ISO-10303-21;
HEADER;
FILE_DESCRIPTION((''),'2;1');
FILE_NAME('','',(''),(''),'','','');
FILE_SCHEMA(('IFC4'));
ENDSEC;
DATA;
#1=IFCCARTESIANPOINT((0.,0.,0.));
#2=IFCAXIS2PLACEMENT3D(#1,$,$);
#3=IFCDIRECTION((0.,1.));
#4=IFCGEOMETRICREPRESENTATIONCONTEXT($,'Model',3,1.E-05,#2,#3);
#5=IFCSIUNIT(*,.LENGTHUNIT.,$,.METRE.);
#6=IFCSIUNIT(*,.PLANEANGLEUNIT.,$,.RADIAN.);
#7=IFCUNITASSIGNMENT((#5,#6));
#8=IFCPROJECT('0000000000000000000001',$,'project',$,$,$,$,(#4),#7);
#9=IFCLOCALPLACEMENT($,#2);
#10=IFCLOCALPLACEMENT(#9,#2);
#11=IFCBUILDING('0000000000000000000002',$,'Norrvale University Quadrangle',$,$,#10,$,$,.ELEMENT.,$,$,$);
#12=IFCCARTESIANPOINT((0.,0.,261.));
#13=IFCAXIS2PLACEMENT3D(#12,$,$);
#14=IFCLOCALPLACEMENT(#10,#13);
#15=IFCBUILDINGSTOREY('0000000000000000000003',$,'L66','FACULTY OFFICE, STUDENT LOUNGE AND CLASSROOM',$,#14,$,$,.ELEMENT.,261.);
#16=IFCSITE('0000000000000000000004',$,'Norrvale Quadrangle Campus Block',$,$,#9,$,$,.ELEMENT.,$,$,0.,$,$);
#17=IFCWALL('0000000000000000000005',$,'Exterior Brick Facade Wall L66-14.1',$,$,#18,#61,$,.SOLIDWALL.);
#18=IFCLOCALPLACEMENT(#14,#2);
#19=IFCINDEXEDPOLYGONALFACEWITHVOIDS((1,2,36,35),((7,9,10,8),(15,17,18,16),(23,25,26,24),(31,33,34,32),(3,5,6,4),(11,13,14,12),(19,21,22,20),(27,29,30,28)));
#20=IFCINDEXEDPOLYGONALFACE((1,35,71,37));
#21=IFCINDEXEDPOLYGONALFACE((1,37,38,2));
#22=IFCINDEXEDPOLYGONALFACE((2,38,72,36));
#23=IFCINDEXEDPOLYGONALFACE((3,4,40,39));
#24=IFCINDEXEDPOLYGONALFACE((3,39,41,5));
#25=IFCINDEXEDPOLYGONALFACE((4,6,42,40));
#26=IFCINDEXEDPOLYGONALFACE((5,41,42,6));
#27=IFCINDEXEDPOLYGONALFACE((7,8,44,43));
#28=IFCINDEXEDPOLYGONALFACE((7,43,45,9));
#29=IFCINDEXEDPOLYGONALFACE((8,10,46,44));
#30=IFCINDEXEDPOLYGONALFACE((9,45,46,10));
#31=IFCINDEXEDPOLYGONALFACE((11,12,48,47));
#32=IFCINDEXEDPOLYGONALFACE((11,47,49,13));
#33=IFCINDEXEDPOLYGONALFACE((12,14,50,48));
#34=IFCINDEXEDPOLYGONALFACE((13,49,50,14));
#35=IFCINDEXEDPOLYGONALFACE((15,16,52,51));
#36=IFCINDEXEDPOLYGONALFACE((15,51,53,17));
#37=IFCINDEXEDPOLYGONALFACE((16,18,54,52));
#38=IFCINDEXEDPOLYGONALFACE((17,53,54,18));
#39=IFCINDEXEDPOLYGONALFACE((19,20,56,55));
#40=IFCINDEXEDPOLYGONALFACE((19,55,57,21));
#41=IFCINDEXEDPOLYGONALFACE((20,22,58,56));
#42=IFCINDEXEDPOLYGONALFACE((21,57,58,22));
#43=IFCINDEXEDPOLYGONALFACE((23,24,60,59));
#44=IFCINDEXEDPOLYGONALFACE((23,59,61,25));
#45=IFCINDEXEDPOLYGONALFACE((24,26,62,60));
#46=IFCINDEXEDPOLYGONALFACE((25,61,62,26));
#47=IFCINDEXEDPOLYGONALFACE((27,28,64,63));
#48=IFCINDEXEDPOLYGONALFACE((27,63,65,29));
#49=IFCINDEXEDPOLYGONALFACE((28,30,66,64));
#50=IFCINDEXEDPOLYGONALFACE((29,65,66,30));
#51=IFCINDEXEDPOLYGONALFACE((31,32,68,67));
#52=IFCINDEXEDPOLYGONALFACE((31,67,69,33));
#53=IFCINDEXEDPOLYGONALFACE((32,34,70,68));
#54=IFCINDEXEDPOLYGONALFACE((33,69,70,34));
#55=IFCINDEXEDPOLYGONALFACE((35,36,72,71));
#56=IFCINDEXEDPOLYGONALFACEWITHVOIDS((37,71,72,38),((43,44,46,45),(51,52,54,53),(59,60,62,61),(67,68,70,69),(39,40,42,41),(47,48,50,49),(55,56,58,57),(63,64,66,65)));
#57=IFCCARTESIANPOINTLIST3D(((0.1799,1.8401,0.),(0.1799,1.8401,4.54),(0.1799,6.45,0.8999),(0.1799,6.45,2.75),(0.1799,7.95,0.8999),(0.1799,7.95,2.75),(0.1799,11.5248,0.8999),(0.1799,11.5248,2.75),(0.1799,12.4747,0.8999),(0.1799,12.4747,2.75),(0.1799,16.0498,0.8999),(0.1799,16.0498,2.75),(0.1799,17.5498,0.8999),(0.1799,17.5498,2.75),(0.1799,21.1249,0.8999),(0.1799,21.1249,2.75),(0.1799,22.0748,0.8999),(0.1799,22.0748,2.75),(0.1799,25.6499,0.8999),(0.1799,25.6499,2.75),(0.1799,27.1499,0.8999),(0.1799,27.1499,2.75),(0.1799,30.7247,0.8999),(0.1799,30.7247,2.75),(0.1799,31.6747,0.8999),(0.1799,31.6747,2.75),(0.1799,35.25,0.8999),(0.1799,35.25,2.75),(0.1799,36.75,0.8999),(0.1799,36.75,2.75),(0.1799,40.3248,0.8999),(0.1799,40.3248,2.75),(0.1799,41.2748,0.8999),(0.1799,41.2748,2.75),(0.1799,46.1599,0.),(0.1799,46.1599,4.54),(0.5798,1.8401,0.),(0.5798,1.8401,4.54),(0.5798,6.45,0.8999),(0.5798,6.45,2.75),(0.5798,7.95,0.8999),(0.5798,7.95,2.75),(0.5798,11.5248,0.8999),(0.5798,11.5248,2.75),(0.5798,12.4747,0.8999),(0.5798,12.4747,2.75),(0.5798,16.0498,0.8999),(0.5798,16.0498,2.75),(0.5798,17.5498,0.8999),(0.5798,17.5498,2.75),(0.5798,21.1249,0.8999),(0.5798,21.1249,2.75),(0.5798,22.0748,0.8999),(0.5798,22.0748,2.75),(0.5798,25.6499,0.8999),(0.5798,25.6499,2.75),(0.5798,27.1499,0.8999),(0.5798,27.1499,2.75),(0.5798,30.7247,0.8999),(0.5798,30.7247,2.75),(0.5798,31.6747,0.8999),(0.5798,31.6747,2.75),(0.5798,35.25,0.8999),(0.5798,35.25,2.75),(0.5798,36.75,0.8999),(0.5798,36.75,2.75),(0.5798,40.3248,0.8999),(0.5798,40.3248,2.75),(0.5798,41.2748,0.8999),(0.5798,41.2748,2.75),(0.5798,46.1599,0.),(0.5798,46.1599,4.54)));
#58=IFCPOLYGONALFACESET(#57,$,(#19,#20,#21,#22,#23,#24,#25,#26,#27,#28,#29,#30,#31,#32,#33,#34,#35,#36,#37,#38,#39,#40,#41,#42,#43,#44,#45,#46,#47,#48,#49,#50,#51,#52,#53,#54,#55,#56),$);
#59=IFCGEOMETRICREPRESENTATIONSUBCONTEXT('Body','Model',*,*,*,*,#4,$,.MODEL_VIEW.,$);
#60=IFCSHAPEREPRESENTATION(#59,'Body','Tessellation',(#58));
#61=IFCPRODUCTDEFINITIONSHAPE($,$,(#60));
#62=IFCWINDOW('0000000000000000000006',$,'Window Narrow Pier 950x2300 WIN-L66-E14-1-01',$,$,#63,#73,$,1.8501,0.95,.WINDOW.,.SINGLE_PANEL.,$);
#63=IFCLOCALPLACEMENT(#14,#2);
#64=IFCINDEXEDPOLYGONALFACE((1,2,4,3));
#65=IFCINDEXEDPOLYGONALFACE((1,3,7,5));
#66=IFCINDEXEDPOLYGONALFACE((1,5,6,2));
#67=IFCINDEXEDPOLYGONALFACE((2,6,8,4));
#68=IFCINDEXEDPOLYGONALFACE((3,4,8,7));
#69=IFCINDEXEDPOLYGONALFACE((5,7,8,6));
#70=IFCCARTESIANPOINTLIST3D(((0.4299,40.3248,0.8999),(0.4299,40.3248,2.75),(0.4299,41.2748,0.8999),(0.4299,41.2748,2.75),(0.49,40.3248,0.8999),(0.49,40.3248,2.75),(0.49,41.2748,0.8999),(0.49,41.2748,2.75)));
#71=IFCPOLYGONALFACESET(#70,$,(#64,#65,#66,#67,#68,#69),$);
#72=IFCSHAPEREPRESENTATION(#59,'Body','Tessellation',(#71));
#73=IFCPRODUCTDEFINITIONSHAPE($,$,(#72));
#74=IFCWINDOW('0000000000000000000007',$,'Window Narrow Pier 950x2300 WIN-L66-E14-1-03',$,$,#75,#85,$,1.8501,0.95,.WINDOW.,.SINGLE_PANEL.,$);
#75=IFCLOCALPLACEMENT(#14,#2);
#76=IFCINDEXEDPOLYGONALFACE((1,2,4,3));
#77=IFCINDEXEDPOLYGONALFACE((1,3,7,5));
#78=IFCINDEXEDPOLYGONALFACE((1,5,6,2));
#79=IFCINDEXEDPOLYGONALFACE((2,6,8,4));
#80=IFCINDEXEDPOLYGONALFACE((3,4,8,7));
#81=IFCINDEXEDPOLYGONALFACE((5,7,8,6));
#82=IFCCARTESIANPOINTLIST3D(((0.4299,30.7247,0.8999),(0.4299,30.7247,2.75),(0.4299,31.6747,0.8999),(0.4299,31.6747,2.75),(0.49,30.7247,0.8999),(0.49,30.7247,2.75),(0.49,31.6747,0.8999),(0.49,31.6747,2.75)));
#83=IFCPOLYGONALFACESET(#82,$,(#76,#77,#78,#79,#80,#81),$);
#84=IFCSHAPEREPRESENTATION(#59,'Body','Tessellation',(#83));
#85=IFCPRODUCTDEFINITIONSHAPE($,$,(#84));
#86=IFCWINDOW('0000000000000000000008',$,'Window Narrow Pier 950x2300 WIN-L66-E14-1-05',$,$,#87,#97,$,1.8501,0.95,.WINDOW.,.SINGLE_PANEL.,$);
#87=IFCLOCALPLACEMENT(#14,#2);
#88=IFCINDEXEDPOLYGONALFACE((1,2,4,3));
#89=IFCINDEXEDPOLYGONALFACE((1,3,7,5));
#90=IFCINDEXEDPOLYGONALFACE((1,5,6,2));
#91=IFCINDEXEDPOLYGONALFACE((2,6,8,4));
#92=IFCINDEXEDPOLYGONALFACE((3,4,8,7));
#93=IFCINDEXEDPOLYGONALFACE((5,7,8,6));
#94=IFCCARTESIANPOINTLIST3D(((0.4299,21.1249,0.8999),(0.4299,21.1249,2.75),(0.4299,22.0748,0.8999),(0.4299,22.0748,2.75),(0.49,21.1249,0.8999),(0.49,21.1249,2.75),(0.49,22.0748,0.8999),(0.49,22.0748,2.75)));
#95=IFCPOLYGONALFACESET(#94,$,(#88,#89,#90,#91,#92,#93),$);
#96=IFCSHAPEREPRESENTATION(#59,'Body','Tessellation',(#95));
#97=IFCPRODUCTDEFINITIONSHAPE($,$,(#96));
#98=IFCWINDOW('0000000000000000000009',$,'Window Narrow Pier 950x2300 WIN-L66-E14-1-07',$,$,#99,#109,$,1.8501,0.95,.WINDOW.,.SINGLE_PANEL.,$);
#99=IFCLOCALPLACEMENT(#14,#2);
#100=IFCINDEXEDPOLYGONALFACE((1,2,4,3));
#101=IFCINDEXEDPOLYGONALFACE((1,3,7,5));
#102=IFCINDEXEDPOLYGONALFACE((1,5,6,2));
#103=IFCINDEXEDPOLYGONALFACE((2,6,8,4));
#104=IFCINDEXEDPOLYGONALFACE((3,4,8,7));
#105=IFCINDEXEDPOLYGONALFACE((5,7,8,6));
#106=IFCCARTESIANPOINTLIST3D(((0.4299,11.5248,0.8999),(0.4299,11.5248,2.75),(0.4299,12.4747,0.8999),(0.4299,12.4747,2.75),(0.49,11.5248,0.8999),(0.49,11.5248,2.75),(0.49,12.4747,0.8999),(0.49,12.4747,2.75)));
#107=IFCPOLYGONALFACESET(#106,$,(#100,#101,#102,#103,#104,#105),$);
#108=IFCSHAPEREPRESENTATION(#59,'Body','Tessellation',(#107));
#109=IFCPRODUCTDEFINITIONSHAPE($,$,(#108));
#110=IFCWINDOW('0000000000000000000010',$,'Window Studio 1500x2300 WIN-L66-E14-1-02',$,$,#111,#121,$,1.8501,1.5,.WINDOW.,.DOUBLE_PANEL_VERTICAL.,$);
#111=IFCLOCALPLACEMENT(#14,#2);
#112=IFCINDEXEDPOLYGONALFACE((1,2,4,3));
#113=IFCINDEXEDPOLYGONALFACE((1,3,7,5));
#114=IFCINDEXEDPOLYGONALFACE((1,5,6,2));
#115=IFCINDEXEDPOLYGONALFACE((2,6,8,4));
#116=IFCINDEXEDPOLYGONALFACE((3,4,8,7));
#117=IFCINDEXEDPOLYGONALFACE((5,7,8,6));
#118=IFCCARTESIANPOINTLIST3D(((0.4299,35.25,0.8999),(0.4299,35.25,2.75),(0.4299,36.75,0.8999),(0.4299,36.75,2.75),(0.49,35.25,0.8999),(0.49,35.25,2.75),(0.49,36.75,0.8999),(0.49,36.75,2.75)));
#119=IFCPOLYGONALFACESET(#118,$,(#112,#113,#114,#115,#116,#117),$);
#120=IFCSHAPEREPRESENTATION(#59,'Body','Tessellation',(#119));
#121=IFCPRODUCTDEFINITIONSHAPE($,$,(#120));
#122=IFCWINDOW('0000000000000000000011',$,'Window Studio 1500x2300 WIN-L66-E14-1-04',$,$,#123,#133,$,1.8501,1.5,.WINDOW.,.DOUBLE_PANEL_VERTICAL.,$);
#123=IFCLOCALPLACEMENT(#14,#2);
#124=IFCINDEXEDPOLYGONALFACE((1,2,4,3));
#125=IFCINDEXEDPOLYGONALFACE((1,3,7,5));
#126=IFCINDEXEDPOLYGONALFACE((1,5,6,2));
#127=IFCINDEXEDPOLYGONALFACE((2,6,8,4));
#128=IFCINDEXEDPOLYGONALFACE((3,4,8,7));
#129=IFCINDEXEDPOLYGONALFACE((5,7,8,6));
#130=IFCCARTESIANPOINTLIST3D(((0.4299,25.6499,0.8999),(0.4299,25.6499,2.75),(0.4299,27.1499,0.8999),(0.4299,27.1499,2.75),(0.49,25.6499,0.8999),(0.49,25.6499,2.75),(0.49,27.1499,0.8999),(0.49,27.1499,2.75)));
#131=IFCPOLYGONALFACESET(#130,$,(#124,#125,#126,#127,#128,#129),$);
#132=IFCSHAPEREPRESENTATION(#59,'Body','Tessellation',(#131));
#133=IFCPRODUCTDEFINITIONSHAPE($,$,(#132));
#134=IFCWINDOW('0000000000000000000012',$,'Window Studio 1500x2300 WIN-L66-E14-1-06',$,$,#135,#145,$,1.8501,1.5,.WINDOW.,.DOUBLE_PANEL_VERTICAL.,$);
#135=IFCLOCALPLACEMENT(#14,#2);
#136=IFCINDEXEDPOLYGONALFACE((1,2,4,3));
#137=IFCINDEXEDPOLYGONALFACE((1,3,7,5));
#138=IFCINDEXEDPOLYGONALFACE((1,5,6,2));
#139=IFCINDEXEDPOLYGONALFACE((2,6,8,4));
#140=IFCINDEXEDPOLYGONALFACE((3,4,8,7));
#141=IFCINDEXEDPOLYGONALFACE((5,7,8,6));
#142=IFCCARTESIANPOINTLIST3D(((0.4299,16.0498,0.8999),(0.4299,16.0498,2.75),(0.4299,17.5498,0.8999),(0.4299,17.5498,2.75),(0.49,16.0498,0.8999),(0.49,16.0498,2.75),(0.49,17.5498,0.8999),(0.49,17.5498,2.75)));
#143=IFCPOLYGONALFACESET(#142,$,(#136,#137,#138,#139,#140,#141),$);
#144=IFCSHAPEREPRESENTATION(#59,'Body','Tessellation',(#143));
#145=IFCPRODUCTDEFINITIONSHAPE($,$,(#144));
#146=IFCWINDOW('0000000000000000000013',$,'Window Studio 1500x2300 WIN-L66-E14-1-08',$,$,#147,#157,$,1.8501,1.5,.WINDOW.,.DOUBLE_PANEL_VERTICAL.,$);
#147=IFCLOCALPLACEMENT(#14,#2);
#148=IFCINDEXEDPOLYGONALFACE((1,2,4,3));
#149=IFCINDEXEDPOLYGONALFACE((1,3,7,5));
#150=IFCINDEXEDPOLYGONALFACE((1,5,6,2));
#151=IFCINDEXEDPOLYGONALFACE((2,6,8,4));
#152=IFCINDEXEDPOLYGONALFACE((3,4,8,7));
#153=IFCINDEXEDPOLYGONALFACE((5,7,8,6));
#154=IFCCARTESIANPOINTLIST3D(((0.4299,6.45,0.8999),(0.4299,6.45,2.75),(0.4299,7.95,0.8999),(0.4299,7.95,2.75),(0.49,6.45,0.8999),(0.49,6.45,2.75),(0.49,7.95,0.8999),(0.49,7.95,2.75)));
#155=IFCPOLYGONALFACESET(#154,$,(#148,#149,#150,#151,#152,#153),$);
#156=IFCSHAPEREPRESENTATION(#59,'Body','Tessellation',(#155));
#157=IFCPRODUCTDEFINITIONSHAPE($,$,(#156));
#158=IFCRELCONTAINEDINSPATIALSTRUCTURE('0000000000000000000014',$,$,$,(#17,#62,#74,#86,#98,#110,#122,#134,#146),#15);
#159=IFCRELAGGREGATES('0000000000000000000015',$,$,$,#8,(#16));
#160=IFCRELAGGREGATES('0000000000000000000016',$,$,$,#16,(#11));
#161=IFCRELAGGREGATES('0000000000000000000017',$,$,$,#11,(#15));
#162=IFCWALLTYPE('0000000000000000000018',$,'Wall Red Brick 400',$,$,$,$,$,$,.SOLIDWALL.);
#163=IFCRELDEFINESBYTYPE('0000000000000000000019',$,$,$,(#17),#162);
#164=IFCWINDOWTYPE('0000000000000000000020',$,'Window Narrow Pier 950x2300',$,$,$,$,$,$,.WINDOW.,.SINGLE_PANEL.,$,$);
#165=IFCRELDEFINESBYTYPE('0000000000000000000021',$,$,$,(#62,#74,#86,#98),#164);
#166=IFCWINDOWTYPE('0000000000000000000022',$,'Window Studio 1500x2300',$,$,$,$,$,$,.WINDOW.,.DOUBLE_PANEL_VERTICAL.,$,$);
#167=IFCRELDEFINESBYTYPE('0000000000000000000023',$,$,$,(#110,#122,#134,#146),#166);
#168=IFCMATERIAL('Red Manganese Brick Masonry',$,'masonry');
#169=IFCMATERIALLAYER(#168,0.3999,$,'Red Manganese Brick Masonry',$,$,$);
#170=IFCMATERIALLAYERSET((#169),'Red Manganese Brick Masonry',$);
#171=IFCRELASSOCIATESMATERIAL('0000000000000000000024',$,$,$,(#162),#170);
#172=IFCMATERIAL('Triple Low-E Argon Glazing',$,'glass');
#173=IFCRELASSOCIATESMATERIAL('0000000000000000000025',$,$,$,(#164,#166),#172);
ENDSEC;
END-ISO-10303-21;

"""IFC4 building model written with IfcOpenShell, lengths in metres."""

from ifc_helpers import new_model, si_unit, direction, frame, frame_2d, origin, place, context, subcontext, project, spatial, rectangle, extrude, material, layer, layer_set, type_object, element, fill, save


model = new_model("IFC4")

# Units and contexts
model_context = context("Model", 3, precision=1e-05, world=origin(), true_north=direction((0.0, 1.0)))
body_context = subcontext(model_context, "Body", "Model", "MODEL_VIEW")
ifc_project = project(units=[si_unit("LENGTHUNIT", "METRE"), si_unit("PLANEANGLEUNIT", "RADIAN")], contexts=[model_context])

# Site, building, storey
site_placement = place(None, origin())
site = spatial("IfcSite", under=ifc_project, at=site_placement, Name="Norrvale Quadrangle Campus Block", CompositionType="ELEMENT", RefElevation=0.0)
building_placement = place(site_placement, origin())
building = spatial("IfcBuilding", under=site, at=building_placement, Name="Norrvale University Quadrangle", CompositionType="ELEMENT")
storey_placement = place(building_placement, frame((0.0, 0.0, 261.0)))
storey = spatial("IfcBuildingStorey", under=building, at=storey_placement, Name="L66", Description="FACULTY OFFICE, STUDENT LOUNGE AND CLASSROOM", CompositionType="ELEMENT", Elevation=261.0)

# Shared definitions
ifc_material_1 = material(Name="Red Manganese Brick Masonry", Category="masonry")
ifc_layer_1 = layer(ifc_material_1, 0.3999, Name="Red Manganese Brick Masonry")
ifc_layer_set_1 = layer_set([ifc_layer_1], Name="Red Manganese Brick Masonry")
wall_type_1 = type_object("IfcWallType", Name="Wall Red Brick 400", PredefinedType="SOLIDWALL", material=ifc_layer_set_1)

# Wall, openings, windows
wall_1_placement = place(storey_placement, frame((0.3799, 46.1599, 0.0), z_axis=(0.0, 0.0, 1.0), x_axis=(0.0, -1.0, 0.0)))
wall_1 = element("IfcWall", 1, at=wall_1_placement, inside=storey, type_object=wall_type_1, Name="Exterior Brick Facade Wall L66-14.1", PredefinedType="SOLIDWALL", context=body_context, shape_type="SweptSolid", body=[
    extrude(rectangle(XDim=44.3198, YDim=0.3999, at=frame_2d((22.1599, 0.0))), origin(), (0.0, 0.0, 1.0), 4.54),
])
opening_1_placement = place(wall_1_placement, frame((4.885, 0.0, 0.8999)))
opening_1 = element("IfcOpeningElement", 2, at=opening_1_placement, cuts=wall_1, PredefinedType="OPENING", context=body_context, shape_type="SweptSolid", body=[
    extrude(rectangle(XDim=0.95, YDim=1.8501, at=frame_2d((0.4751, 0.925))), frame((0.0, 0.2119, 0.0), z_axis=(0.0, -1.0, 0.0), x_axis=(1.0, 0.0, 0.0)), (0.0, 0.0, 1.0), 0.4238),
])
opening_2_placement = place(wall_1_placement, frame((9.4099, 0.0, 0.8999)))
opening_2 = element("IfcOpeningElement", 3, at=opening_2_placement, cuts=wall_1, PredefinedType="OPENING", context=body_context, shape_type="SweptSolid", body=[
    extrude(rectangle(XDim=1.5, YDim=1.8501, at=frame_2d((0.75, 0.925))), frame((0.0, 0.2119, 0.0), z_axis=(0.0, -1.0, 0.0), x_axis=(1.0, 0.0, 0.0)), (0.0, 0.0, 1.0), 0.4238),
])
opening_3_placement = place(wall_1_placement, frame((14.4851, 0.0, 0.8999)))
opening_3 = element("IfcOpeningElement", 4, at=opening_3_placement, cuts=wall_1, PredefinedType="OPENING", context=body_context, shape_type="SweptSolid", body=[
    extrude(rectangle(XDim=0.95, YDim=1.8501, at=frame_2d((0.4751, 0.925))), frame((0.0, 0.2119, 0.0), z_axis=(0.0, -1.0, 0.0), x_axis=(1.0, 0.0, 0.0)), (0.0, 0.0, 1.0), 0.4238),
])
opening_4_placement = place(wall_1_placement, frame((19.01, 0.0, 0.8999)))
opening_4 = element("IfcOpeningElement", 5, at=opening_4_placement, cuts=wall_1, PredefinedType="OPENING", context=body_context, shape_type="SweptSolid", body=[
    extrude(rectangle(XDim=1.5, YDim=1.8501, at=frame_2d((0.75, 0.925))), frame((0.0, 0.2119, 0.0), z_axis=(0.0, -1.0, 0.0), x_axis=(1.0, 0.0, 0.0)), (0.0, 0.0, 1.0), 0.4238),
])
opening_5_placement = place(wall_1_placement, frame((24.085, 0.0, 0.8999)))
opening_5 = element("IfcOpeningElement", 6, at=opening_5_placement, cuts=wall_1, PredefinedType="OPENING", context=body_context, shape_type="SweptSolid", body=[
    extrude(rectangle(XDim=0.95, YDim=1.8501, at=frame_2d((0.4751, 0.925))), frame((0.0, 0.2119, 0.0), z_axis=(0.0, -1.0, 0.0), x_axis=(1.0, 0.0, 0.0)), (0.0, 0.0, 1.0), 0.4238),
])
opening_6_placement = place(wall_1_placement, frame((28.6101, 0.0, 0.8999)))
opening_6 = element("IfcOpeningElement", 7, at=opening_6_placement, cuts=wall_1, PredefinedType="OPENING", context=body_context, shape_type="SweptSolid", body=[
    extrude(rectangle(XDim=1.5, YDim=1.8501, at=frame_2d((0.75, 0.925))), frame((0.0, 0.2119, 0.0), z_axis=(0.0, -1.0, 0.0), x_axis=(1.0, 0.0, 0.0)), (0.0, 0.0, 1.0), 0.4238),
])
opening_7_placement = place(wall_1_placement, frame((33.6851, 0.0, 0.8999)))
opening_7 = element("IfcOpeningElement", 8, at=opening_7_placement, cuts=wall_1, PredefinedType="OPENING", context=body_context, shape_type="SweptSolid", body=[
    extrude(rectangle(XDim=0.95, YDim=1.8501, at=frame_2d((0.4751, 0.925))), frame((0.0, 0.2119, 0.0), z_axis=(0.0, -1.0, 0.0), x_axis=(1.0, 0.0, 0.0)), (0.0, 0.0, 1.0), 0.4238),
])
opening_8_placement = place(wall_1_placement, frame((38.21, 0.0, 0.8999)))
opening_8 = element("IfcOpeningElement", 9, at=opening_8_placement, cuts=wall_1, PredefinedType="OPENING", context=body_context, shape_type="SweptSolid", body=[
    extrude(rectangle(XDim=1.5, YDim=1.8501, at=frame_2d((0.75, 0.925))), frame((0.0, 0.2119, 0.0), z_axis=(0.0, -1.0, 0.0), x_axis=(1.0, 0.0, 0.0)), (0.0, 0.0, 1.0), 0.4238),
])
ifc_material_2 = material(Name="Triple Low-E Argon Glazing", Category="glass")
window_type_1 = type_object("IfcWindowType", Name="Window Narrow Pier 950x2300", PartitioningType="SINGLE_PANEL", PredefinedType="WINDOW", material=ifc_material_2)
window_1_placement = place(opening_1_placement, origin())
window_1 = element("IfcWindow", 10, at=window_1_placement, inside=storey, type_object=window_type_1, Name="Window Narrow Pier 950x2300 WIN-L66-E14-1-01", OverallHeight=1.8501, OverallWidth=0.95, PartitioningType="SINGLE_PANEL", PredefinedType="WINDOW", context=body_context, shape_type="SweptSolid", body=[
    extrude(rectangle(XDim=0.95, YDim=1.8501, at=frame_2d((0.4751, 0.925))), frame((0.0, 0.1101, 0.0), z_axis=(0.0, -1.0, 0.0), x_axis=(1.0, 0.0, 0.0)), (0.0, 0.0, 1.0), 0.0601),
])
fill(opening_1, window_1)
window_2_placement = place(opening_3_placement, origin())
window_2 = element("IfcWindow", 11, at=window_2_placement, inside=storey, type_object=window_type_1, Name="Window Narrow Pier 950x2300 WIN-L66-E14-1-03", OverallHeight=1.8501, OverallWidth=0.95, PartitioningType="SINGLE_PANEL", PredefinedType="WINDOW", context=body_context, shape_type="SweptSolid", body=[
    extrude(rectangle(XDim=0.95, YDim=1.8501, at=frame_2d((0.4751, 0.925))), frame((0.0, 0.1101, 0.0), z_axis=(0.0, -1.0, 0.0), x_axis=(1.0, 0.0, 0.0)), (0.0, 0.0, 1.0), 0.0601),
])
fill(opening_3, window_2)
window_3_placement = place(opening_5_placement, origin())
window_3 = element("IfcWindow", 12, at=window_3_placement, inside=storey, type_object=window_type_1, Name="Window Narrow Pier 950x2300 WIN-L66-E14-1-05", OverallHeight=1.8501, OverallWidth=0.95, PartitioningType="SINGLE_PANEL", PredefinedType="WINDOW", context=body_context, shape_type="SweptSolid", body=[
    extrude(rectangle(XDim=0.95, YDim=1.8501, at=frame_2d((0.4751, 0.925))), frame((0.0, 0.1101, 0.0), z_axis=(0.0, -1.0, 0.0), x_axis=(1.0, 0.0, 0.0)), (0.0, 0.0, 1.0), 0.0601),
])
fill(opening_5, window_3)
window_4_placement = place(opening_7_placement, origin())
window_4 = element("IfcWindow", 13, at=window_4_placement, inside=storey, type_object=window_type_1, Name="Window Narrow Pier 950x2300 WIN-L66-E14-1-07", OverallHeight=1.8501, OverallWidth=0.95, PartitioningType="SINGLE_PANEL", PredefinedType="WINDOW", context=body_context, shape_type="SweptSolid", body=[
    extrude(rectangle(XDim=0.95, YDim=1.8501, at=frame_2d((0.4751, 0.925))), frame((0.0, 0.1101, 0.0), z_axis=(0.0, -1.0, 0.0), x_axis=(1.0, 0.0, 0.0)), (0.0, 0.0, 1.0), 0.0601),
])
fill(opening_7, window_4)
window_type_2 = type_object("IfcWindowType", Name="Window Studio 1500x2300", PartitioningType="DOUBLE_PANEL_VERTICAL", PredefinedType="WINDOW", material=ifc_material_2)
window_5_placement = place(opening_2_placement, origin())
window_5 = element("IfcWindow", 14, at=window_5_placement, inside=storey, type_object=window_type_2, Name="Window Studio 1500x2300 WIN-L66-E14-1-02", OverallHeight=1.8501, OverallWidth=1.5, PartitioningType="DOUBLE_PANEL_VERTICAL", PredefinedType="WINDOW", context=body_context, shape_type="SweptSolid", body=[
    extrude(rectangle(XDim=1.5, YDim=1.8501, at=frame_2d((0.75, 0.925))), frame((0.0, 0.1101, 0.0), z_axis=(0.0, -1.0, 0.0), x_axis=(1.0, 0.0, 0.0)), (0.0, 0.0, 1.0), 0.0601),
])
fill(opening_2, window_5)
window_6_placement = place(opening_4_placement, origin())
window_6 = element("IfcWindow", 15, at=window_6_placement, inside=storey, type_object=window_type_2, Name="Window Studio 1500x2300 WIN-L66-E14-1-04", OverallHeight=1.8501, OverallWidth=1.5, PartitioningType="DOUBLE_PANEL_VERTICAL", PredefinedType="WINDOW", context=body_context, shape_type="SweptSolid", body=[
    extrude(rectangle(XDim=1.5, YDim=1.8501, at=frame_2d((0.75, 0.925))), frame((0.0, 0.1101, 0.0), z_axis=(0.0, -1.0, 0.0), x_axis=(1.0, 0.0, 0.0)), (0.0, 0.0, 1.0), 0.0601),
])
fill(opening_4, window_6)
window_7_placement = place(opening_6_placement, origin())
window_7 = element("IfcWindow", 16, at=window_7_placement, inside=storey, type_object=window_type_2, Name="Window Studio 1500x2300 WIN-L66-E14-1-06", OverallHeight=1.8501, OverallWidth=1.5, PartitioningType="DOUBLE_PANEL_VERTICAL", PredefinedType="WINDOW", context=body_context, shape_type="SweptSolid", body=[
    extrude(rectangle(XDim=1.5, YDim=1.8501, at=frame_2d((0.75, 0.925))), frame((0.0, 0.1101, 0.0), z_axis=(0.0, -1.0, 0.0), x_axis=(1.0, 0.0, 0.0)), (0.0, 0.0, 1.0), 0.0601),
])
fill(opening_6, window_7)
window_8_placement = place(opening_8_placement, origin())
window_8 = element("IfcWindow", 17, at=window_8_placement, inside=storey, type_object=window_type_2, Name="Window Studio 1500x2300 WIN-L66-E14-1-08", OverallHeight=1.8501, OverallWidth=1.5, PartitioningType="DOUBLE_PANEL_VERTICAL", PredefinedType="WINDOW", context=body_context, shape_type="SweptSolid", body=[
    extrude(rectangle(XDim=1.5, YDim=1.8501, at=frame_2d((0.75, 0.925))), frame((0.0, 0.1101, 0.0), z_axis=(0.0, -1.0, 0.0), x_axis=(1.0, 0.0, 0.0)), (0.0, 0.0, 1.0), 0.0601),
])
fill(opening_8, window_8)

save(model, "model.ifc")
